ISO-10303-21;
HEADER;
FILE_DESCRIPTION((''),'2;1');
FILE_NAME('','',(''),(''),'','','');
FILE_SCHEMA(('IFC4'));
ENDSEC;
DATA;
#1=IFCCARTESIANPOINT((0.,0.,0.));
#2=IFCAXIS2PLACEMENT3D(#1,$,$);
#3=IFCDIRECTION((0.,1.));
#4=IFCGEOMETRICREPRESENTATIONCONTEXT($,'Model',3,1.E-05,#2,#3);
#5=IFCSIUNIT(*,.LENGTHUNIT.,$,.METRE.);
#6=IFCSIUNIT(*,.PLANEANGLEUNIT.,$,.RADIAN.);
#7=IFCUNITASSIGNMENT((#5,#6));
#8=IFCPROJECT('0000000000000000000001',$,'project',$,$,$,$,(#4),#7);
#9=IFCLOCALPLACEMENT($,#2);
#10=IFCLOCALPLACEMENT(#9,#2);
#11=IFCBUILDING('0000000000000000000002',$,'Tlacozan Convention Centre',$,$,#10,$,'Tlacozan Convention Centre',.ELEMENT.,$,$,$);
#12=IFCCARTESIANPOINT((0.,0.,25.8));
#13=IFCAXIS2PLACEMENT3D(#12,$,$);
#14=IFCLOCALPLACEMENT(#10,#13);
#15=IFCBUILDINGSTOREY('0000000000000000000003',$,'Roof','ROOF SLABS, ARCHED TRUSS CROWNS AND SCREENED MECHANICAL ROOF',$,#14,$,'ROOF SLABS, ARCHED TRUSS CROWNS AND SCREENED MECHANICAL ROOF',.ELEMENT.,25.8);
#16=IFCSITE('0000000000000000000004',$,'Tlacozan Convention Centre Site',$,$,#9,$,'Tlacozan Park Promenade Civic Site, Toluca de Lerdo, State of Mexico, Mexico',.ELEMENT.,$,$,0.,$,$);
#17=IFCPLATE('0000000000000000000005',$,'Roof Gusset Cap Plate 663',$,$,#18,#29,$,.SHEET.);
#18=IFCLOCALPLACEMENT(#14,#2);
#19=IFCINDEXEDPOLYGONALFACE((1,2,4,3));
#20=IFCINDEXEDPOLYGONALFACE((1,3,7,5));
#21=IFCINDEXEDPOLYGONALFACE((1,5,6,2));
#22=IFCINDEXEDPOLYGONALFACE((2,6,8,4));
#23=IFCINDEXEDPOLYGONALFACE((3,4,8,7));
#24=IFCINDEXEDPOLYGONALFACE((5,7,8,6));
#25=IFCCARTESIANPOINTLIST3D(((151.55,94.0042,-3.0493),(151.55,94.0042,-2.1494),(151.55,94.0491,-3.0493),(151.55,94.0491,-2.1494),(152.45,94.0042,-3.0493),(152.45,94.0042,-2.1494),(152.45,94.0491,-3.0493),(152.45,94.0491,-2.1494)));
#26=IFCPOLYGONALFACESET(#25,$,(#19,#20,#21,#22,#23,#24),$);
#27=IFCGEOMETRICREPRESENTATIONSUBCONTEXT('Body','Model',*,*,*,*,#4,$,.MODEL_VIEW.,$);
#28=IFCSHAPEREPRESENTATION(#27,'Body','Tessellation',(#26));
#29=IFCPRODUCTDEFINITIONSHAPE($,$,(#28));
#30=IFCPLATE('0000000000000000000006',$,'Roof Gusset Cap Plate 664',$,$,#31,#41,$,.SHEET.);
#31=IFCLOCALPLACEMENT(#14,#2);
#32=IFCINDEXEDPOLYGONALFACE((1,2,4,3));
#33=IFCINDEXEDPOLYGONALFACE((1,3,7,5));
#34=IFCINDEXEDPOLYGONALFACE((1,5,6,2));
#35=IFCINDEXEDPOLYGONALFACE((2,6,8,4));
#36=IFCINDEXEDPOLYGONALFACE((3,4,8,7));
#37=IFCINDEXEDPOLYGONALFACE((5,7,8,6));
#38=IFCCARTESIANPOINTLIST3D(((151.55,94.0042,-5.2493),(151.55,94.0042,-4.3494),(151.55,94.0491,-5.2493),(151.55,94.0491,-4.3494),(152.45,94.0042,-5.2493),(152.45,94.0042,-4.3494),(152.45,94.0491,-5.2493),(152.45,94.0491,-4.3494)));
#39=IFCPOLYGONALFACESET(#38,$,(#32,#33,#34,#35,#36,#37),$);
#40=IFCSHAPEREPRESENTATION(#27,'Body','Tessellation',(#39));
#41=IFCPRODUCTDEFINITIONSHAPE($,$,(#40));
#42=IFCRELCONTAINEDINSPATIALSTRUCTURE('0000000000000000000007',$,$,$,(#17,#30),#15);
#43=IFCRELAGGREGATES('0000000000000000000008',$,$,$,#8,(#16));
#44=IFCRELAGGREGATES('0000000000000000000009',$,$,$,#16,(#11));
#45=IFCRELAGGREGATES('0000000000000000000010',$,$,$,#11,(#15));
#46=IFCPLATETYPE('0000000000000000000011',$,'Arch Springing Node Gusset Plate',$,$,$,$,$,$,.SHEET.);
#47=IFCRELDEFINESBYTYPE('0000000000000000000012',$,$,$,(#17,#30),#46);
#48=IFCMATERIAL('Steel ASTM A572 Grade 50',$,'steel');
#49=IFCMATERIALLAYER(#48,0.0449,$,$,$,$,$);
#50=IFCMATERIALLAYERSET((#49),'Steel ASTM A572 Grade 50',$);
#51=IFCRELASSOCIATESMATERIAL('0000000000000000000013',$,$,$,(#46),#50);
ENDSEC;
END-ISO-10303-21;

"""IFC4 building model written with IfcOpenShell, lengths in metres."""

from ifc_helpers import new_model, si_unit, direction, frame, origin, origin_2d, place, context, subcontext, project, spatial, rectangle, extrude, material, layer, layer_set, type_object, element, save


model = new_model("IFC4")

# Units and contexts
model_context = context("Model", 3, precision=1e-05, world=origin(), true_north=direction((0.0, 1.0)))
body_context = subcontext(model_context, "Body", "Model", "MODEL_VIEW")
ifc_project = project(units=[si_unit("LENGTHUNIT", "METRE"), si_unit("PLANEANGLEUNIT", "RADIAN")], contexts=[model_context])

# Site, building, storey
site_placement = place(None, origin())
site = spatial("IfcSite", under=ifc_project, at=site_placement, Name="Tlacozan Convention Centre Site", LongName="Tlacozan Park Promenade Civic Site, Toluca de Lerdo, State of Mexico, Mexico", CompositionType="ELEMENT", RefElevation=0.0)
building_placement = place(site_placement, origin())
building = spatial("IfcBuilding", under=site, at=building_placement, Name="Tlacozan Convention Centre", LongName="Tlacozan Convention Centre", CompositionType="ELEMENT")
storey_placement = place(building_placement, frame((0.0, 0.0, 25.8)))
storey = spatial("IfcBuildingStorey", under=building, at=storey_placement, Name="Roof", Description="ROOF SLABS, ARCHED TRUSS CROWNS AND SCREENED MECHANICAL ROOF", LongName="ROOF SLABS, ARCHED TRUSS CROWNS AND SCREENED MECHANICAL ROOF", CompositionType="ELEMENT", Elevation=25.8)

# Plates
ifc_material_1 = material(Name="Steel ASTM A572 Grade 50", Category="steel")
ifc_layer = layer(ifc_material_1, 0.0449)
ifc_layer_set = layer_set([ifc_layer], Name="Steel ASTM A572 Grade 50")
plate_type = type_object("IfcPlateType", Name="Arch Springing Node Gusset Plate", PredefinedType="SHEET", material=ifc_layer_set)
for number, where, z_axis, x_axis, name in (
    (1, (152.0, 94.0266, -3.0493), (0.0, 0.0, 1.0), (0.0, 1.0, 0.0), "Roof Gusset Cap Plate 663"),
    (2, (152.0, 94.0266, -5.2493), (0.0, 0.0, 1.0), (0.0, 1.0, 0.0), "Roof Gusset Cap Plate 664"),
):
    element("IfcPlate", number, at=place(storey_placement, frame(where, z_axis=z_axis, x_axis=x_axis)), inside=storey, type_object=plate_type, Name=name, PredefinedType="SHEET", context=body_context, shape_type="SweptSolid", body=[
        extrude(rectangle(XDim=0.0449, YDim=0.8999, at=origin_2d()), origin(), (0.0, 0.0, 1.0), 0.8999),
    ])

save(model, "model.ifc")
